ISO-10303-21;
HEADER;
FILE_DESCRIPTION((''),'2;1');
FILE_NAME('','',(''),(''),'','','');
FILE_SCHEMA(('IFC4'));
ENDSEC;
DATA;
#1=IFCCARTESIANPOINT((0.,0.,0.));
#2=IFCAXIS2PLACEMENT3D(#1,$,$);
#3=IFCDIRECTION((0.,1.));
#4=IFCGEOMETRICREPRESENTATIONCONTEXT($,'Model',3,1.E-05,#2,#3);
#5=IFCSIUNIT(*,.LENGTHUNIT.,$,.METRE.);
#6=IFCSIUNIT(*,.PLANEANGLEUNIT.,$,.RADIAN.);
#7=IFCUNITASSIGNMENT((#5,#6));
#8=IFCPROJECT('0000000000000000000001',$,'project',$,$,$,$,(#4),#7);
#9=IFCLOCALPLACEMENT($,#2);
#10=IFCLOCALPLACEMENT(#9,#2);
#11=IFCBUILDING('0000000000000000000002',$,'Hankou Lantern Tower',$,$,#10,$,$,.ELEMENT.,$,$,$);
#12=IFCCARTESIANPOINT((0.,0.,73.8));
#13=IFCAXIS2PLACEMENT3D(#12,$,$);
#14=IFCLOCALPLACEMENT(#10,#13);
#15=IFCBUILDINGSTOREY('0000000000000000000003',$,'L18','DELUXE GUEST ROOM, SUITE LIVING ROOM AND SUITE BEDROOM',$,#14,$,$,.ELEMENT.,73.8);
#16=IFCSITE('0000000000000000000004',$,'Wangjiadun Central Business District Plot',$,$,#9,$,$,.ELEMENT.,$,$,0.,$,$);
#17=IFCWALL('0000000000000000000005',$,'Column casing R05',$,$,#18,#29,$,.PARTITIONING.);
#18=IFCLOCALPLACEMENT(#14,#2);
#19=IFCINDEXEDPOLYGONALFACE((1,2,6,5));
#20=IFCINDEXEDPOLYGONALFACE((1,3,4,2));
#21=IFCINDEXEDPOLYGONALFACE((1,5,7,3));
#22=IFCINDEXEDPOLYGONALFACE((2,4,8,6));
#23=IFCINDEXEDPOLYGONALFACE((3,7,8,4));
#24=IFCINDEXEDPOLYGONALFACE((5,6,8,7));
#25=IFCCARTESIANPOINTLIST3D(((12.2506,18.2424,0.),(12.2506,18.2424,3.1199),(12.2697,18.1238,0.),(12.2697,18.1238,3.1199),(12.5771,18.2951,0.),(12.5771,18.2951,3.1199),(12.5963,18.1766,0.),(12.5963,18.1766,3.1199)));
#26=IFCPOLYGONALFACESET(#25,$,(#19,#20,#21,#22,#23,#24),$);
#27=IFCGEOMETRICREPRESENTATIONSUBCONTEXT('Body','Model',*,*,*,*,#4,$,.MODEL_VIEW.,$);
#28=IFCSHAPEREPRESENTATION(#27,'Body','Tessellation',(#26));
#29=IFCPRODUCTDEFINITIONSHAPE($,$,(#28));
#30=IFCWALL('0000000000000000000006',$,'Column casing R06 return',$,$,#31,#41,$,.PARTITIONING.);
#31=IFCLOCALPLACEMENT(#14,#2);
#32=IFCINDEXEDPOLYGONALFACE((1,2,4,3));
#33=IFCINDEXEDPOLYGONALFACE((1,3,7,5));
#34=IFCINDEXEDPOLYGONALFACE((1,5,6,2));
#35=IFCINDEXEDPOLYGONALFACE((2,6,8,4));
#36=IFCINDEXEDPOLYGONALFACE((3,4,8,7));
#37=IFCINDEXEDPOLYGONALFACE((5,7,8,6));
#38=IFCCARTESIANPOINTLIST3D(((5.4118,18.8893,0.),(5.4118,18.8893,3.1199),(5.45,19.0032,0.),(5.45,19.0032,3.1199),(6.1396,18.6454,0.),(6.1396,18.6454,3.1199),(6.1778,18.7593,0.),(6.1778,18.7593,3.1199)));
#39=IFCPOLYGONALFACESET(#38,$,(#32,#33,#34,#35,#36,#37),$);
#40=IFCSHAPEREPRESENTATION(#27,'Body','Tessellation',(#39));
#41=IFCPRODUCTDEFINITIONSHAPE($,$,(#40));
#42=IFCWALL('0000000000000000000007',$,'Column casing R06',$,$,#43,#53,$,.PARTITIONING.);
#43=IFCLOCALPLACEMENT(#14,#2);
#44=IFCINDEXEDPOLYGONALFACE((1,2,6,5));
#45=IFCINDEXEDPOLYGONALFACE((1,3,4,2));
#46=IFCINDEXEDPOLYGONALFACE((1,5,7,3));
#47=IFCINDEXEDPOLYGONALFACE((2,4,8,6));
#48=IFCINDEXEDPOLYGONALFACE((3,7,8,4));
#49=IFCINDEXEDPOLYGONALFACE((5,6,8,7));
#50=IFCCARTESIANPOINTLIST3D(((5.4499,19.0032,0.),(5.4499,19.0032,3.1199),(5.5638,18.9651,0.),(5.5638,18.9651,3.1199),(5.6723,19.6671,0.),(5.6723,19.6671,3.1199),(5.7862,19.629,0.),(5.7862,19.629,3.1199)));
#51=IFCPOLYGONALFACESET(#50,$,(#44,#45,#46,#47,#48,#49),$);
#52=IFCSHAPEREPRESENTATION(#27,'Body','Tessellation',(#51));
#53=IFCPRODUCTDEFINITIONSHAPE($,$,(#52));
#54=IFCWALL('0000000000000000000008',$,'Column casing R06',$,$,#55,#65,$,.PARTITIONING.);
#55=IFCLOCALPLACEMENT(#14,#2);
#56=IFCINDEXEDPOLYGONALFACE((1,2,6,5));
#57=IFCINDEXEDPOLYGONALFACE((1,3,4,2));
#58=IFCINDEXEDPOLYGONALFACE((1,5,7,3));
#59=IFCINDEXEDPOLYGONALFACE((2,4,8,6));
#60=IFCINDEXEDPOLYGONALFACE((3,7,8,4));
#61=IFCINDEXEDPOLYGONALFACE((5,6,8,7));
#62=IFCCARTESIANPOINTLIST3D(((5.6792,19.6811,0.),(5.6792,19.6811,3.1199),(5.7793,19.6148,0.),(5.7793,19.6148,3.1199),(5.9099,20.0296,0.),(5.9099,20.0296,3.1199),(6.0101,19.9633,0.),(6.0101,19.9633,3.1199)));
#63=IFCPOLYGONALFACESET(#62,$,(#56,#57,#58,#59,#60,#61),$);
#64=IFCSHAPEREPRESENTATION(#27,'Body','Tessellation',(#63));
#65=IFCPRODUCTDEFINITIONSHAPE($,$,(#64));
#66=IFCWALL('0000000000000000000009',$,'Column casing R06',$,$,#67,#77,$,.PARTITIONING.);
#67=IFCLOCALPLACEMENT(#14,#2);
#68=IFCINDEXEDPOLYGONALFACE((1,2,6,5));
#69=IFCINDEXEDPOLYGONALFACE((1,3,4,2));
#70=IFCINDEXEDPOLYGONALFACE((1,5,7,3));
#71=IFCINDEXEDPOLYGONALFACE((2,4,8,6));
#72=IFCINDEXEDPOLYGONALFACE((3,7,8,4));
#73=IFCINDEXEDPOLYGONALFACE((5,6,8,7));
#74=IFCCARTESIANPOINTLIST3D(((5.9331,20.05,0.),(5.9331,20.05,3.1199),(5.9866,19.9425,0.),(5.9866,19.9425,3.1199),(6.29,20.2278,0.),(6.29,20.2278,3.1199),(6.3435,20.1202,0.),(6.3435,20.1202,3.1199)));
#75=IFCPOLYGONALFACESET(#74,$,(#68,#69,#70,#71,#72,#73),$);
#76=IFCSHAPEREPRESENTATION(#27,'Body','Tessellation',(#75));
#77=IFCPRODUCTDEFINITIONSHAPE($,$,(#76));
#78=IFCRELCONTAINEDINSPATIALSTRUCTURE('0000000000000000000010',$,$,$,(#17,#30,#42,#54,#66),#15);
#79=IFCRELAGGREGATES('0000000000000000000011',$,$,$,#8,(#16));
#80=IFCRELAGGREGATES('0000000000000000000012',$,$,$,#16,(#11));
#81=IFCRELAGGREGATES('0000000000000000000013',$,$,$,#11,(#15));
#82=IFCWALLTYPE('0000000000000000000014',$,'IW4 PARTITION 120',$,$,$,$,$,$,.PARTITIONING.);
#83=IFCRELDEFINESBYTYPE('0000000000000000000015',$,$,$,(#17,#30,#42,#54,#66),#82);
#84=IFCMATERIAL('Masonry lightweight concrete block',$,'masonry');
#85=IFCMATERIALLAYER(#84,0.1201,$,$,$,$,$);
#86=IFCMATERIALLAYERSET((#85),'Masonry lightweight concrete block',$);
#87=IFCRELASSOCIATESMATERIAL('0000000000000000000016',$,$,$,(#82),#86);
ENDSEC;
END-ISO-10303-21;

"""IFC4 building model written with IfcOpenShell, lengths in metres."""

from ifc_helpers import new_model, si_unit, direction, frame, frame_2d, origin, place, context, subcontext, project, spatial, rectangle, extrude, material, layer, layer_set, type_object, element, save


model = new_model("IFC4")

# Units and contexts
model_context = context("Model", 3, precision=1e-05, world=origin(), true_north=direction((0.0, 1.0)))
body_context = subcontext(model_context, "Body", "Model", "MODEL_VIEW")
ifc_project = project(units=[si_unit("LENGTHUNIT", "METRE"), si_unit("PLANEANGLEUNIT", "RADIAN")], contexts=[model_context])

# Site, building, storey
site_placement = place(None, origin())
site = spatial("IfcSite", under=ifc_project, at=site_placement, Name="Wangjiadun Central Business District Plot", CompositionType="ELEMENT", RefElevation=0.0)
building_placement = place(site_placement, origin())
building = spatial("IfcBuilding", under=site, at=building_placement, Name="Hankou Lantern Tower", CompositionType="ELEMENT")
storey_placement = place(building_placement, frame((0.0, 0.0, 73.8)))
storey = spatial("IfcBuildingStorey", under=building, at=storey_placement, Name="L18", Description="DELUXE GUEST ROOM, SUITE LIVING ROOM AND SUITE BEDROOM", CompositionType="ELEMENT", Elevation=73.8)

# Walls
ifc_material_1 = material(Name="Masonry lightweight concrete block", Category="masonry")
ifc_layer_1 = layer(ifc_material_1, 0.1201)
ifc_layer_set_1 = layer_set([ifc_layer_1], Name="Masonry lightweight concrete block")
wall_type_1 = type_object("IfcWallType", Name="IW4 PARTITION 120", PredefinedType="PARTITIONING", material=ifc_layer_set_1)
wall_1_placement = place(storey_placement, frame((12.26, 18.1831, 0.0), z_axis=(0.0, 0.0, 1.0), x_axis=(0.987219, 0.159372, 0.0)))
element("IfcWall", 1, at=wall_1_placement, inside=storey, type_object=wall_type_1, Name="Column casing R05", PredefinedType="PARTITIONING", context=body_context, shape_type="SweptSolid", body=[
    extrude(rectangle(XDim=0.3308, YDim=0.1201, at=frame_2d((0.1655, 0.0))), origin(), (0.0, 0.0, 1.0), 3.1199),
])
wall_2_placement = place(storey_placement, frame((6.1587, 18.7024, 0.0), z_axis=(0.0, 0.0, 1.0), x_axis=(-0.948173, 0.317754, 0.0)))
element("IfcWall", 2, at=wall_2_placement, inside=storey, type_object=wall_type_1, Name="Column casing R06 return", PredefinedType="PARTITIONING", context=body_context, shape_type="SweptSolid", body=[
    extrude(rectangle(XDim=0.7676, YDim=0.1201, at=frame_2d((0.3838, 0.0))), origin(), (0.0, 0.0, 1.0), 3.1199),
])
wall_3_placement = place(storey_placement, frame((5.5068, 18.9841, 0.0), z_axis=(0.0, 0.0, 1.0), x_axis=(0.317692, 0.948194, 0.0)))
element("IfcWall", 3, at=wall_3_placement, inside=storey, type_object=wall_type_1, Name="Column casing R06", PredefinedType="PARTITIONING", context=body_context, shape_type="SweptSolid", body=[
    extrude(rectangle(XDim=0.7002, YDim=0.1201, at=frame_2d((0.3501, 0.0))), origin(), (0.0, 0.0, 1.0), 3.1199),
])
wall_4_placement = place(storey_placement, frame((5.7292, 19.6479, 0.0), z_axis=(0.0, 0.0, 1.0), x_axis=(0.552136, 0.833754, 0.0)))
element("IfcWall", 4, at=wall_4_placement, inside=storey, type_object=wall_type_1, Name="Column casing R06", PredefinedType="PARTITIONING", context=body_context, shape_type="SweptSolid", body=[
    extrude(rectangle(XDim=0.418, YDim=0.1201, at=frame_2d((0.209, 0.0))), origin(), (0.0, 0.0, 1.0), 3.1199),
])
wall_5_placement = place(storey_placement, frame((5.96, 19.9963, 0.0), z_axis=(0.0, 0.0, 1.0), x_axis=(0.895161, 0.445744, 0.0)))
element("IfcWall", 5, at=wall_5_placement, inside=storey, type_object=wall_type_1, Name="Column casing R06", PredefinedType="PARTITIONING", context=body_context, shape_type="SweptSolid", body=[
    extrude(rectangle(XDim=0.3987, YDim=0.1201, at=frame_2d((0.1992, 0.0))), origin(), (0.0, 0.0, 1.0), 3.1199),
])

save(model, "model.ifc")
